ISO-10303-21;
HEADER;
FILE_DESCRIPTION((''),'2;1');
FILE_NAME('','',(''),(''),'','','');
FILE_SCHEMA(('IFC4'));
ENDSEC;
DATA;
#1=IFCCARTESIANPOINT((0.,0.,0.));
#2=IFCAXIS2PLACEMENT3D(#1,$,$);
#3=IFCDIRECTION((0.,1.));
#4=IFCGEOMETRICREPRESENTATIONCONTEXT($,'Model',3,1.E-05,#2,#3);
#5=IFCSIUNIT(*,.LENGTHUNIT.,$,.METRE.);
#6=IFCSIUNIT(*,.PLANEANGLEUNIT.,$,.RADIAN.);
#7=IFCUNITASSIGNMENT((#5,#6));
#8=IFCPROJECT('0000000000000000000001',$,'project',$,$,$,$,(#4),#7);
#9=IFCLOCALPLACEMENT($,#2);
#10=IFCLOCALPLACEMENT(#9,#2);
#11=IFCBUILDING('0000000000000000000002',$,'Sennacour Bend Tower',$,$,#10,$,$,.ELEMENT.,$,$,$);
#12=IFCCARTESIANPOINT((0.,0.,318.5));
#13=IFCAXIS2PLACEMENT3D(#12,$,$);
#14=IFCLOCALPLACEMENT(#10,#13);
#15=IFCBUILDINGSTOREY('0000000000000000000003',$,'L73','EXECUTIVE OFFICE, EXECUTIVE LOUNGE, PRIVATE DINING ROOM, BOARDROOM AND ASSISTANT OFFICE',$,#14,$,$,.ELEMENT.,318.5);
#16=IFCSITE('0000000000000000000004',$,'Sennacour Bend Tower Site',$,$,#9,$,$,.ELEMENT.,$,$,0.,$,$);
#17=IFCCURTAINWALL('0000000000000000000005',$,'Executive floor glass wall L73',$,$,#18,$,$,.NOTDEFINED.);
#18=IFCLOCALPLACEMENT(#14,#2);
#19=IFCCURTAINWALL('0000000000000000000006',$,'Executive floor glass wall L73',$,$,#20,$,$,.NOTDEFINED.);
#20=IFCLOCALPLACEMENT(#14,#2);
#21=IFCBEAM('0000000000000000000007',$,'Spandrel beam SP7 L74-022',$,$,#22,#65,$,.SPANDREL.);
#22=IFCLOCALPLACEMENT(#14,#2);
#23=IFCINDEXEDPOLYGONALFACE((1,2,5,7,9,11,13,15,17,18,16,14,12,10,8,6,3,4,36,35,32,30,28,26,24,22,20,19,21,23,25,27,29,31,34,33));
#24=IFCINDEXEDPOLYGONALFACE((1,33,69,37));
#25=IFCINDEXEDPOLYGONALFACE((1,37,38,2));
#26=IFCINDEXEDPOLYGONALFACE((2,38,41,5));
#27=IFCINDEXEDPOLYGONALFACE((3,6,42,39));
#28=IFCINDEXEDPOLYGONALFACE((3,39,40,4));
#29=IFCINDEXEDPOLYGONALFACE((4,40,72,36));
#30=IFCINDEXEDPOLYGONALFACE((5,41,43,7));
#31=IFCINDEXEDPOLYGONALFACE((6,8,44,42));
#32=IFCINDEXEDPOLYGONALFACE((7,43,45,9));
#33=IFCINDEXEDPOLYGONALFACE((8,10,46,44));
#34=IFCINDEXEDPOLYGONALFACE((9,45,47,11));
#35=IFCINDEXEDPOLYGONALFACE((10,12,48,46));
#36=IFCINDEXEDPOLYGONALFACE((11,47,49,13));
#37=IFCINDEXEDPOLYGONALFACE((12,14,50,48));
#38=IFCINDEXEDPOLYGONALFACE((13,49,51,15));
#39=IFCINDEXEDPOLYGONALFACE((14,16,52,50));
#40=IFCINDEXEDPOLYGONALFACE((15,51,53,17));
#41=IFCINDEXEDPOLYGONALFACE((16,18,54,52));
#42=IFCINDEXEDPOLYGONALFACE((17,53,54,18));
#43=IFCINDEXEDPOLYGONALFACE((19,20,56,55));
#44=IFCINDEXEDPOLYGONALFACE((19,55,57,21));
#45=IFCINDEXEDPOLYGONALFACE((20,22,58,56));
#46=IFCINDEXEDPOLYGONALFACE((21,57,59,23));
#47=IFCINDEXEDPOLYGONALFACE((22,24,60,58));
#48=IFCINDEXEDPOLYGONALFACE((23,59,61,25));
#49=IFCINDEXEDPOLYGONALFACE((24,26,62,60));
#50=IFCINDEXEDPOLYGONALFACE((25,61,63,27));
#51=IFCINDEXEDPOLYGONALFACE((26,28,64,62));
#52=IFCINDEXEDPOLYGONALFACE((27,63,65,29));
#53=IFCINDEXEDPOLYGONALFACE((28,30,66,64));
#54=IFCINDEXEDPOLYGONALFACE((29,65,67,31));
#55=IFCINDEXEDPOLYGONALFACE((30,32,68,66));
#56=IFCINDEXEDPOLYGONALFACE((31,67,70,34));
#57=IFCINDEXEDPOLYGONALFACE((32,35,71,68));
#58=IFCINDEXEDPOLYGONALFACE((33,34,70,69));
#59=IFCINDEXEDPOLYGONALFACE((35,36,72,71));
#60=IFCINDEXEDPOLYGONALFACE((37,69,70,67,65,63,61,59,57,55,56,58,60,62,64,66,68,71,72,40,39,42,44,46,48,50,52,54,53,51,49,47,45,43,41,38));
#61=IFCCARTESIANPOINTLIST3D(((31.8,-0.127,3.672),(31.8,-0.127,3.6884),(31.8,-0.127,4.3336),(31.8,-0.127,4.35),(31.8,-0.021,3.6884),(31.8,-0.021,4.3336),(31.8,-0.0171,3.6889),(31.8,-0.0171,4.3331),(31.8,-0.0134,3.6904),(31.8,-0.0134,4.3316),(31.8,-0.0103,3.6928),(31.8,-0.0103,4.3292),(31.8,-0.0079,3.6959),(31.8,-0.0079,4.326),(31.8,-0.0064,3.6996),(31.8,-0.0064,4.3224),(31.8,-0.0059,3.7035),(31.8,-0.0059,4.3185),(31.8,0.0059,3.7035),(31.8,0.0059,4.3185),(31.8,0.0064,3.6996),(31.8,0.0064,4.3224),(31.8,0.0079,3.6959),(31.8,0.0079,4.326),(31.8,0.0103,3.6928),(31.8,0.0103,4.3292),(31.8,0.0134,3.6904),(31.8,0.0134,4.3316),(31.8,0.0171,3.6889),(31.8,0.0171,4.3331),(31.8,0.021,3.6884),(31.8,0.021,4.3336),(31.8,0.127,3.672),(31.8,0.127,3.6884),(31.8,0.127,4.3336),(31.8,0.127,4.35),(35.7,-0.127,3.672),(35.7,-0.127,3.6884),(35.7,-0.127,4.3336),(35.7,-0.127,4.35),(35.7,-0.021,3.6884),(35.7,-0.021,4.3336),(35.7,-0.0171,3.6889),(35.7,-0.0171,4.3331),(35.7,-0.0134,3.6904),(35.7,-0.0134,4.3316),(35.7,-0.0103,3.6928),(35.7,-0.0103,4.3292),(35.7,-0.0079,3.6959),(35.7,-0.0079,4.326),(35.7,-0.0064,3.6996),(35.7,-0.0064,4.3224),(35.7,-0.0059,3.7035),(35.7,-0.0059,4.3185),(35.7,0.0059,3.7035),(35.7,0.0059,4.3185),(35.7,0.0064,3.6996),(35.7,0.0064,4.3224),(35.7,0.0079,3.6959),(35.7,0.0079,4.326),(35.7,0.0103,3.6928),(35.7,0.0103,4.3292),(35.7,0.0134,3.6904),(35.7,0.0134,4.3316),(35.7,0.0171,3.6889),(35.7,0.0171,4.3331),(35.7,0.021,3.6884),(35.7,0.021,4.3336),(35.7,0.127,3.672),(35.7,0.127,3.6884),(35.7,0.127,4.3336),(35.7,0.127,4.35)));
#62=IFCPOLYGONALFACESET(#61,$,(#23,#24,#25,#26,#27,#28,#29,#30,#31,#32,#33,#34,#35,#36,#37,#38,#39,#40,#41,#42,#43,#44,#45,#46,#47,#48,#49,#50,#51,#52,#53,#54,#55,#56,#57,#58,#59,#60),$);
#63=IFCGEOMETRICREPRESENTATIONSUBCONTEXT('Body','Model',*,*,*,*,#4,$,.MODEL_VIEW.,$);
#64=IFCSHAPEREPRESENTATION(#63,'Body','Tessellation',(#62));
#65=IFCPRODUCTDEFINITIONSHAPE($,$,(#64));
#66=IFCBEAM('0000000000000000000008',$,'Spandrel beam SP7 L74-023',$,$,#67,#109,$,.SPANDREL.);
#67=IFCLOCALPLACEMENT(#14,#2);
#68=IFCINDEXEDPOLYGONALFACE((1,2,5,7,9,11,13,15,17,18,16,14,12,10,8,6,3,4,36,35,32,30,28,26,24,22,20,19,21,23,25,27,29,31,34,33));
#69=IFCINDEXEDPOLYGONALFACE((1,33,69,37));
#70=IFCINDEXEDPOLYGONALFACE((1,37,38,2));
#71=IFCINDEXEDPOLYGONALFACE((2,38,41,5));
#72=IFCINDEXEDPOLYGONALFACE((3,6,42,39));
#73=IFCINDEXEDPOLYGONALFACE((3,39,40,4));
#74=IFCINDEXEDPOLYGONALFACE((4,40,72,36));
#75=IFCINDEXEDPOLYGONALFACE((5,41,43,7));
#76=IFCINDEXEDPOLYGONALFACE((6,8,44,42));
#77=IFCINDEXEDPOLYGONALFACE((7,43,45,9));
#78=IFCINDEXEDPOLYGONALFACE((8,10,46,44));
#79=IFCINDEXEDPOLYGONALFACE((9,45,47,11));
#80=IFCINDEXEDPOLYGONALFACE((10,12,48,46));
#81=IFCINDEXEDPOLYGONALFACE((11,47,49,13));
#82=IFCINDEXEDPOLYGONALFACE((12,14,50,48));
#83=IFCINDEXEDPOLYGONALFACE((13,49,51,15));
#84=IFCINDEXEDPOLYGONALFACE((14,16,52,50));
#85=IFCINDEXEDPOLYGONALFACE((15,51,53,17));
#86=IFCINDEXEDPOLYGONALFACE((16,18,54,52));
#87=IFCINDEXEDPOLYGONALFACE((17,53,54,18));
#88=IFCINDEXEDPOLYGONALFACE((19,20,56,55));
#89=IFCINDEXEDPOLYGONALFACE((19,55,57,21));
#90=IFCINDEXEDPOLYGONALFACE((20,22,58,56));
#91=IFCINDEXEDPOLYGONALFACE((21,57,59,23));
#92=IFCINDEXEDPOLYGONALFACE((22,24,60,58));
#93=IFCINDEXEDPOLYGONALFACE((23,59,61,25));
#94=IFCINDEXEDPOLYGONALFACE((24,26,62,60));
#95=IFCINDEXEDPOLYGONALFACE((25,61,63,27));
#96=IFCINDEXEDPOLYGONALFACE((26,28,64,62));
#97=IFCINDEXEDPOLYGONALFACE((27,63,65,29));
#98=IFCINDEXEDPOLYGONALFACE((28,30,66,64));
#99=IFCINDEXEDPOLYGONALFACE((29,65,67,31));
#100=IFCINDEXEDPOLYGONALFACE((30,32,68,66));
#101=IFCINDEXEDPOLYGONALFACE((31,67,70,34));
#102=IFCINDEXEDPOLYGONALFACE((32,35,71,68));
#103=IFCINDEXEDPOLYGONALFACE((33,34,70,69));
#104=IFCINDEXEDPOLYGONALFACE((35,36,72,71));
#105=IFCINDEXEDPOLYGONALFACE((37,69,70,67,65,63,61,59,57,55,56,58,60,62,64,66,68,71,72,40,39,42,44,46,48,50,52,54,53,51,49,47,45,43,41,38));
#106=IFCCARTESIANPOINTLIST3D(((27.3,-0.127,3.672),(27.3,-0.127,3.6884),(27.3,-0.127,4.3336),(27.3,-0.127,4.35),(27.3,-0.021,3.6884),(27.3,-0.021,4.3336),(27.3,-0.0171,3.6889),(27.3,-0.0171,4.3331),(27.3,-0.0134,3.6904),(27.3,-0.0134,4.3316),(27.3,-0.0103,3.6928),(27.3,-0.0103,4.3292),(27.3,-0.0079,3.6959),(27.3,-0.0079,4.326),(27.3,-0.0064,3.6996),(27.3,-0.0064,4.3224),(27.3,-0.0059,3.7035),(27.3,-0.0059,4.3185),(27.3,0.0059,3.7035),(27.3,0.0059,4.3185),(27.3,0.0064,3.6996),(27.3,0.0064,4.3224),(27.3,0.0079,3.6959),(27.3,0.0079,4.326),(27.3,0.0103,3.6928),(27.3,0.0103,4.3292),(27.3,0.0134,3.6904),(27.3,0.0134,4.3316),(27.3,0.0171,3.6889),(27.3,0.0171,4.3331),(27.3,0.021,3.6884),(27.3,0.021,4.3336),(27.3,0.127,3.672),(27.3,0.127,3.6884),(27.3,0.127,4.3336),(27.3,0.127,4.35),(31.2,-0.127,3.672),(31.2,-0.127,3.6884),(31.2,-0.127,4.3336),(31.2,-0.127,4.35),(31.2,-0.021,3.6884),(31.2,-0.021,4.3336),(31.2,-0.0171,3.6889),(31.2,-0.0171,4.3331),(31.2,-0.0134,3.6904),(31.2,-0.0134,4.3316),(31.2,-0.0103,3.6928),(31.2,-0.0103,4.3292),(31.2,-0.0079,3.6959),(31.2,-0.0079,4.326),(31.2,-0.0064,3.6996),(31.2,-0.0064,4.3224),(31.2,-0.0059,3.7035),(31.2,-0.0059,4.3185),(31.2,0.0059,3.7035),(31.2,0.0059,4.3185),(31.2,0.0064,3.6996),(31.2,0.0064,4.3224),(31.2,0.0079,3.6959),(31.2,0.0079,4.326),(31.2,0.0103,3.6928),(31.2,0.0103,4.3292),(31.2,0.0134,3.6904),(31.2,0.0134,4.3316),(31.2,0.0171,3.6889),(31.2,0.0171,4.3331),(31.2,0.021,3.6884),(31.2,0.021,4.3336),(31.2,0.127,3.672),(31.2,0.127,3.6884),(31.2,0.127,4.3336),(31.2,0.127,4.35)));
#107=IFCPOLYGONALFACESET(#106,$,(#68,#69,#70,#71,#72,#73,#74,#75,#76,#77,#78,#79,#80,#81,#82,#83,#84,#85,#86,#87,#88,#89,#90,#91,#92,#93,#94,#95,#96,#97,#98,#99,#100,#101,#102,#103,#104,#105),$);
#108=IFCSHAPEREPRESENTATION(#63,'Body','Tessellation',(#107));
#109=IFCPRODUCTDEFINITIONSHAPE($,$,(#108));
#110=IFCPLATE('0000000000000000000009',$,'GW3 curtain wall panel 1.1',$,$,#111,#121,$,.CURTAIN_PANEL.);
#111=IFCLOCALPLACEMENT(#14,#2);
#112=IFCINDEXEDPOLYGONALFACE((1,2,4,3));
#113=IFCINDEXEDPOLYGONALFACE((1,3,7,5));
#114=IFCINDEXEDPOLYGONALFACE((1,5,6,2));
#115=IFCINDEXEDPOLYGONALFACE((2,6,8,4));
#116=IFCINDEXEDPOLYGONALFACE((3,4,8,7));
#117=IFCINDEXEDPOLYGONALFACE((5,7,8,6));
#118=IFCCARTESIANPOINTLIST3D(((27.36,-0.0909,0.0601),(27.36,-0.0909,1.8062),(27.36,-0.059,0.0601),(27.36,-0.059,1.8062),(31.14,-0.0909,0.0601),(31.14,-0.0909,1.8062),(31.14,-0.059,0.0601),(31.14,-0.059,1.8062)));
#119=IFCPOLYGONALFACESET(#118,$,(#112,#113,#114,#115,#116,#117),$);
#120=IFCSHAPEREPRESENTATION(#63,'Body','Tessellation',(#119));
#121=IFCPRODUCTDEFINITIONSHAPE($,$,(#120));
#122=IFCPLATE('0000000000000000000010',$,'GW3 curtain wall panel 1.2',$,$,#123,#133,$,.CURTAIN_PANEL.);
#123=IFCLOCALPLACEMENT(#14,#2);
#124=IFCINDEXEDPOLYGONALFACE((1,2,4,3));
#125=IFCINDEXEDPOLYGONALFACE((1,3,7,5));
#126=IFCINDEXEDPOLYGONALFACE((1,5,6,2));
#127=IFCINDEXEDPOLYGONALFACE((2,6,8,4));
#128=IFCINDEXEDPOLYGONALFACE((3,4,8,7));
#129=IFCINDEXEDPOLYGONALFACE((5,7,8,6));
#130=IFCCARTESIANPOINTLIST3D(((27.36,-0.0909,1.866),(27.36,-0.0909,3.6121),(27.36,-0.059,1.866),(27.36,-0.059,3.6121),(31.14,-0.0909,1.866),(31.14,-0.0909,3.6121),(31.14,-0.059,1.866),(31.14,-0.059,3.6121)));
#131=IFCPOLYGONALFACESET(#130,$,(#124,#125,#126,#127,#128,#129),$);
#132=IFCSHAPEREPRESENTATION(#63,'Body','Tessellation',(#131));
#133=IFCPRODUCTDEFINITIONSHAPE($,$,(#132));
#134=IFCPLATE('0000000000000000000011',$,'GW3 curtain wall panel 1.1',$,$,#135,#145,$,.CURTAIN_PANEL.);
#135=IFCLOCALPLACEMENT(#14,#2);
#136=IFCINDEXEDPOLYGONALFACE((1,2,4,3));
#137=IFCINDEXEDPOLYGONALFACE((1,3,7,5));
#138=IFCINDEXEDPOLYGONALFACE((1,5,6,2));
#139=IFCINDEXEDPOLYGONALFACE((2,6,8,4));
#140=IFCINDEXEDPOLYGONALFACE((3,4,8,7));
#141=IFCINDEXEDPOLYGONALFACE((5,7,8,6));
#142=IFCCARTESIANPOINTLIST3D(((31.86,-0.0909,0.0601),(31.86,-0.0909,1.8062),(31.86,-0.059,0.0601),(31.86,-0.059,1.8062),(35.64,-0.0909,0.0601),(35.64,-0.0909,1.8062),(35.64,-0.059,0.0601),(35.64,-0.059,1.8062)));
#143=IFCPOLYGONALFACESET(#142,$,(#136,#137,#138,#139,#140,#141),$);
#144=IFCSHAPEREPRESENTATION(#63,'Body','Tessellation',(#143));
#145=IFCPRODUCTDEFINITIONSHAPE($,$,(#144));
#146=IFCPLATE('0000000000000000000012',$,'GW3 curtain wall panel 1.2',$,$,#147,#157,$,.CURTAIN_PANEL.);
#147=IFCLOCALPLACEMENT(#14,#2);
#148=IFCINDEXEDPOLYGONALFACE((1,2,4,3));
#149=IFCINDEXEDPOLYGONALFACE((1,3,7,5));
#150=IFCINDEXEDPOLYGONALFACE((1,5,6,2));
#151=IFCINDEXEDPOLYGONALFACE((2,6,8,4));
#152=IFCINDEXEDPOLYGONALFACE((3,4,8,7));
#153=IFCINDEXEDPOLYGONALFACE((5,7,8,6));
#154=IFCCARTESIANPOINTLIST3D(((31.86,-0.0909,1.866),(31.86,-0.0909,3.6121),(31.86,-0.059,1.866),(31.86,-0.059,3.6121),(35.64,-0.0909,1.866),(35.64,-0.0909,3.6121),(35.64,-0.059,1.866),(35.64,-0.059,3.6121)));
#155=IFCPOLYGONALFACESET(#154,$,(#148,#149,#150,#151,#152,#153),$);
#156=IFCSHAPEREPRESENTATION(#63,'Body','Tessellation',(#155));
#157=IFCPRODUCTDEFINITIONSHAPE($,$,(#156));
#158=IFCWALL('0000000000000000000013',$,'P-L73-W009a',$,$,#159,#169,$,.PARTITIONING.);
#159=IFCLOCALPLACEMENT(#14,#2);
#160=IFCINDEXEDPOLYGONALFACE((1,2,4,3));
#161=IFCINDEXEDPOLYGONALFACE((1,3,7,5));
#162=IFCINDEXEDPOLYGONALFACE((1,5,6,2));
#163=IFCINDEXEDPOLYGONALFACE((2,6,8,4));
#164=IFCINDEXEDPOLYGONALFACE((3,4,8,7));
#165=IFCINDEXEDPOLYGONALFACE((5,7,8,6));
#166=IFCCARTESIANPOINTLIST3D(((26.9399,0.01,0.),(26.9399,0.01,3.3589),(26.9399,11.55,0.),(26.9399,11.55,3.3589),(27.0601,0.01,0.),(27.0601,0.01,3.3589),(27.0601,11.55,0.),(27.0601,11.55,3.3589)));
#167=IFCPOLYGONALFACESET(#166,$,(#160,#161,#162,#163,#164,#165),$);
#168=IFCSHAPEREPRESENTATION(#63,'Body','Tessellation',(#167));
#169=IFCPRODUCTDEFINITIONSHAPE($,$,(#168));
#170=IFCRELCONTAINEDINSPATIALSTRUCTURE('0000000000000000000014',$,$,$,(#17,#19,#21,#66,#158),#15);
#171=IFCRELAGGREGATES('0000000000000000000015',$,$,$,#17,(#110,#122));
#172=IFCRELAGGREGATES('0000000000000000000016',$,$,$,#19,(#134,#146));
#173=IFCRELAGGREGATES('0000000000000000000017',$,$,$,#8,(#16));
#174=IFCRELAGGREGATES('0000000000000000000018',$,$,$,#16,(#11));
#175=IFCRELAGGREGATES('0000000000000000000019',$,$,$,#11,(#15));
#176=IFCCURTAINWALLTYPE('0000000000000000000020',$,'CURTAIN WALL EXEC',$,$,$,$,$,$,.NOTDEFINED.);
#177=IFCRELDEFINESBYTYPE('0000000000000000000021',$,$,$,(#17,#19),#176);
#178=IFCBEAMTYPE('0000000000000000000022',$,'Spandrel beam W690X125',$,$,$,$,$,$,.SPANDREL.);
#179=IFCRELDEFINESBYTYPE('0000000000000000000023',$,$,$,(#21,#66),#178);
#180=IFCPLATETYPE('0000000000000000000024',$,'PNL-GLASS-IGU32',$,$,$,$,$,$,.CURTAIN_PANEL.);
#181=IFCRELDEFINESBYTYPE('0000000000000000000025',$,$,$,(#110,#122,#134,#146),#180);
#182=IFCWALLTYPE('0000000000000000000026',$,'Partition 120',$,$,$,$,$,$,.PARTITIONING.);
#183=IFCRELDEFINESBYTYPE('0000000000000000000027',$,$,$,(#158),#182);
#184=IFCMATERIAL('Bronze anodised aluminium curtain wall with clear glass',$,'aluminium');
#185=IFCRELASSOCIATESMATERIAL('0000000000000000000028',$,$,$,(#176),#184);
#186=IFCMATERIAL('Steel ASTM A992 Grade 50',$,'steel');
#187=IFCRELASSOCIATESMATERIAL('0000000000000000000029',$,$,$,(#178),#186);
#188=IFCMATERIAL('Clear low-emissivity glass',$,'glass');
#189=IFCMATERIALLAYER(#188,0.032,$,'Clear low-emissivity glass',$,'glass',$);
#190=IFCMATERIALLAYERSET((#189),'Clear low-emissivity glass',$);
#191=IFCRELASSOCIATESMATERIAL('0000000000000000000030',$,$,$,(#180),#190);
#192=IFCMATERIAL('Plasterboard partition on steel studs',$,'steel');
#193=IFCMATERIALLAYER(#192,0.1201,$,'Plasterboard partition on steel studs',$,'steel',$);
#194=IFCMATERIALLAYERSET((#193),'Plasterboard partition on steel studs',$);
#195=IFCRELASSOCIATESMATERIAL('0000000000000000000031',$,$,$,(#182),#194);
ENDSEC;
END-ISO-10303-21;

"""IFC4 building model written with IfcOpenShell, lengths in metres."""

from ifc_helpers import new_model, si_unit, direction, frame, frame_2d, origin, origin_2d, place, context, subcontext, project, spatial, rectangle, i_section, extrude, material, layer, layer_set, material_profile, profile_set, type_object, element, aggregate, save


model = new_model("IFC4")

# Units and contexts
model_context = context("Model", 3, precision=1e-05, world=origin(), true_north=direction((0.0, 1.0)))
body_context = subcontext(model_context, "Body", "Model", "MODEL_VIEW")
ifc_project = project(units=[si_unit("LENGTHUNIT", "METRE"), si_unit("PLANEANGLEUNIT", "RADIAN")], contexts=[model_context])

# Site, building, storey
site_placement = place(None, origin())
site = spatial("IfcSite", under=ifc_project, at=site_placement, Name="Sennacour Bend Tower Site", CompositionType="ELEMENT", RefElevation=0.0)
building_placement = place(site_placement, origin())
building = spatial("IfcBuilding", under=site, at=building_placement, Name="Sennacour Bend Tower", CompositionType="ELEMENT")
storey_placement = place(building_placement, frame((0.0, 0.0, 318.5)))
storey = spatial("IfcBuildingStorey", under=building, at=storey_placement, Name="L73", Description="EXECUTIVE OFFICE, EXECUTIVE LOUNGE, PRIVATE DINING ROOM, BOARDROOM AND ASSISTANT OFFICE", CompositionType="ELEMENT", Elevation=318.5)

# Curtain walls
ifc_material_1 = material(Name="Bronze anodised aluminium curtain wall with clear glass", Category="aluminium")
curtain_wall_type = type_object("IfcCurtainWallType", Name="CURTAIN WALL EXEC", PredefinedType="NOTDEFINED", material=ifc_material_1)
curtain_wall_1_placement = place(storey_placement, origin())
curtain_wall_1 = element("IfcCurtainWall", 1, at=curtain_wall_1_placement, inside=storey, type_object=curtain_wall_type, Name="Executive floor glass wall L73", PredefinedType="NOTDEFINED")
curtain_wall_2_placement = place(storey_placement, origin())
curtain_wall_2 = element("IfcCurtainWall", 2, at=curtain_wall_2_placement, inside=storey, type_object=curtain_wall_type, Name="Executive floor glass wall L73", PredefinedType="NOTDEFINED")

# Beams
ifc_material_2 = material(Name="Steel ASTM A992 Grade 50", Category="steel")
ifc_material_profile_1 = material_profile(ifc_material_2, i_section(OverallWidth=0.2539, OverallDepth=0.678, WebThickness=0.0117, FlangeThickness=0.0164, FilletRadius=0.0151, at=origin_2d()), Name="Steel ASTM A992 Grade 50", Category="steel")
ifc_profile_set_1 = profile_set([ifc_material_profile_1], Name="Steel ASTM A992 Grade 50")
beam_type_1 = type_object("IfcBeamType", Name="Spandrel beam W690X125", PredefinedType="SPANDREL", material=ifc_profile_set_1)
for number, where, z_axis, x_axis, name in (
    (3, (35.7, 0.0, 4.011), (-1.0, 0.0, 0.0), (0.0, -1.0, 0.0), "Spandrel beam SP7 L74-022"),
    (4, (31.2, 0.0, 4.011), (-1.0, 0.0, 0.0), (0.0, -1.0, 0.0), "Spandrel beam SP7 L74-023"),
):
    element("IfcBeam", number, at=place(storey_placement, frame(where, z_axis=z_axis, x_axis=x_axis)), inside=storey, type_object=beam_type_1, Name=name, PredefinedType="SPANDREL", context=body_context, shape_type="SweptSolid", body=[
        extrude(i_section(OverallWidth=0.2539, OverallDepth=0.678, WebThickness=0.0117, FlangeThickness=0.0164, FilletRadius=0.0151, at=origin_2d()), origin(), (0.0, 0.0, 1.0), 3.8999),
    ])

# Plates
ifc_material_3 = material(Name="Clear low-emissivity glass", Category="glass")
ifc_layer_1 = layer(ifc_material_3, 0.032, Name="Clear low-emissivity glass", Category="glass")
ifc_layer_set_1 = layer_set([ifc_layer_1], Name="Clear low-emissivity glass")
plate_type = type_object("IfcPlateType", Name="PNL-GLASS-IGU32", PredefinedType="CURTAIN_PANEL", material=ifc_layer_set_1)
plate_1_placement = place(storey_placement, frame((29.25, -0.075, 0.0601), z_axis=(0.0, 0.0, 1.0), x_axis=(1.0, 0.0, 0.0)))
plate_1 = element("IfcPlate", 5, at=plate_1_placement, type_object=plate_type, Name="GW3 curtain wall panel 1.1", PredefinedType="CURTAIN_PANEL", context=body_context, shape_type="SweptSolid", body=[
    extrude(rectangle(XDim=3.78, YDim=0.032, at=origin_2d()), origin(), (0.0, 0.0, 1.0), 1.7461),
])
plate_2_placement = place(storey_placement, frame((29.25, -0.075, 1.866), z_axis=(0.0, 0.0, 1.0), x_axis=(1.0, 0.0, 0.0)))
plate_2 = element("IfcPlate", 6, at=plate_2_placement, type_object=plate_type, Name="GW3 curtain wall panel 1.2", PredefinedType="CURTAIN_PANEL", context=body_context, shape_type="SweptSolid", body=[
    extrude(rectangle(XDim=3.78, YDim=0.032, at=origin_2d()), origin(), (0.0, 0.0, 1.0), 1.7461),
])
aggregate(curtain_wall_1, [plate_1, plate_2])
plate_3_placement = place(storey_placement, frame((33.75, -0.075, 0.0601), z_axis=(0.0, 0.0, 1.0), x_axis=(1.0, 0.0, 0.0)))
plate_3 = element("IfcPlate", 7, at=plate_3_placement, type_object=plate_type, Name="GW3 curtain wall panel 1.1", PredefinedType="CURTAIN_PANEL", context=body_context, shape_type="SweptSolid", body=[
    extrude(rectangle(XDim=3.78, YDim=0.032, at=origin_2d()), origin(), (0.0, 0.0, 1.0), 1.7461),
])
plate_4_placement = place(storey_placement, frame((33.75, -0.075, 1.866), z_axis=(0.0, 0.0, 1.0), x_axis=(1.0, 0.0, 0.0)))
plate_4 = element("IfcPlate", 8, at=plate_4_placement, type_object=plate_type, Name="GW3 curtain wall panel 1.2", PredefinedType="CURTAIN_PANEL", context=body_context, shape_type="SweptSolid", body=[
    extrude(rectangle(XDim=3.78, YDim=0.032, at=origin_2d()), origin(), (0.0, 0.0, 1.0), 1.7461),
])
aggregate(curtain_wall_2, [plate_3, plate_4])

# Wall
ifc_material_4 = material(Name="Plasterboard partition on steel studs", Category="steel")
ifc_layer_2 = layer(ifc_material_4, 0.1201, Name="Plasterboard partition on steel studs", Category="steel")
ifc_layer_set_2 = layer_set([ifc_layer_2], Name="Plasterboard partition on steel studs")
wall_type = type_object("IfcWallType", Name="Partition 120", PredefinedType="PARTITIONING", material=ifc_layer_set_2)
wall_placement = place(storey_placement, frame((27.0, 0.01, 0.0), z_axis=(0.0, 0.0, 1.0), x_axis=(0.0, 1.0, 0.0)))
element("IfcWall", 9, at=wall_placement, inside=storey, type_object=wall_type, Name="P-L73-W009a", PredefinedType="PARTITIONING", context=body_context, shape_type="SweptSolid", body=[
    extrude(rectangle(XDim=11.54, YDim=0.1201, at=frame_2d((5.77, 0.0))), origin(), (0.0, 0.0, 1.0), 3.3589),
])

save(model, "model.ifc")
